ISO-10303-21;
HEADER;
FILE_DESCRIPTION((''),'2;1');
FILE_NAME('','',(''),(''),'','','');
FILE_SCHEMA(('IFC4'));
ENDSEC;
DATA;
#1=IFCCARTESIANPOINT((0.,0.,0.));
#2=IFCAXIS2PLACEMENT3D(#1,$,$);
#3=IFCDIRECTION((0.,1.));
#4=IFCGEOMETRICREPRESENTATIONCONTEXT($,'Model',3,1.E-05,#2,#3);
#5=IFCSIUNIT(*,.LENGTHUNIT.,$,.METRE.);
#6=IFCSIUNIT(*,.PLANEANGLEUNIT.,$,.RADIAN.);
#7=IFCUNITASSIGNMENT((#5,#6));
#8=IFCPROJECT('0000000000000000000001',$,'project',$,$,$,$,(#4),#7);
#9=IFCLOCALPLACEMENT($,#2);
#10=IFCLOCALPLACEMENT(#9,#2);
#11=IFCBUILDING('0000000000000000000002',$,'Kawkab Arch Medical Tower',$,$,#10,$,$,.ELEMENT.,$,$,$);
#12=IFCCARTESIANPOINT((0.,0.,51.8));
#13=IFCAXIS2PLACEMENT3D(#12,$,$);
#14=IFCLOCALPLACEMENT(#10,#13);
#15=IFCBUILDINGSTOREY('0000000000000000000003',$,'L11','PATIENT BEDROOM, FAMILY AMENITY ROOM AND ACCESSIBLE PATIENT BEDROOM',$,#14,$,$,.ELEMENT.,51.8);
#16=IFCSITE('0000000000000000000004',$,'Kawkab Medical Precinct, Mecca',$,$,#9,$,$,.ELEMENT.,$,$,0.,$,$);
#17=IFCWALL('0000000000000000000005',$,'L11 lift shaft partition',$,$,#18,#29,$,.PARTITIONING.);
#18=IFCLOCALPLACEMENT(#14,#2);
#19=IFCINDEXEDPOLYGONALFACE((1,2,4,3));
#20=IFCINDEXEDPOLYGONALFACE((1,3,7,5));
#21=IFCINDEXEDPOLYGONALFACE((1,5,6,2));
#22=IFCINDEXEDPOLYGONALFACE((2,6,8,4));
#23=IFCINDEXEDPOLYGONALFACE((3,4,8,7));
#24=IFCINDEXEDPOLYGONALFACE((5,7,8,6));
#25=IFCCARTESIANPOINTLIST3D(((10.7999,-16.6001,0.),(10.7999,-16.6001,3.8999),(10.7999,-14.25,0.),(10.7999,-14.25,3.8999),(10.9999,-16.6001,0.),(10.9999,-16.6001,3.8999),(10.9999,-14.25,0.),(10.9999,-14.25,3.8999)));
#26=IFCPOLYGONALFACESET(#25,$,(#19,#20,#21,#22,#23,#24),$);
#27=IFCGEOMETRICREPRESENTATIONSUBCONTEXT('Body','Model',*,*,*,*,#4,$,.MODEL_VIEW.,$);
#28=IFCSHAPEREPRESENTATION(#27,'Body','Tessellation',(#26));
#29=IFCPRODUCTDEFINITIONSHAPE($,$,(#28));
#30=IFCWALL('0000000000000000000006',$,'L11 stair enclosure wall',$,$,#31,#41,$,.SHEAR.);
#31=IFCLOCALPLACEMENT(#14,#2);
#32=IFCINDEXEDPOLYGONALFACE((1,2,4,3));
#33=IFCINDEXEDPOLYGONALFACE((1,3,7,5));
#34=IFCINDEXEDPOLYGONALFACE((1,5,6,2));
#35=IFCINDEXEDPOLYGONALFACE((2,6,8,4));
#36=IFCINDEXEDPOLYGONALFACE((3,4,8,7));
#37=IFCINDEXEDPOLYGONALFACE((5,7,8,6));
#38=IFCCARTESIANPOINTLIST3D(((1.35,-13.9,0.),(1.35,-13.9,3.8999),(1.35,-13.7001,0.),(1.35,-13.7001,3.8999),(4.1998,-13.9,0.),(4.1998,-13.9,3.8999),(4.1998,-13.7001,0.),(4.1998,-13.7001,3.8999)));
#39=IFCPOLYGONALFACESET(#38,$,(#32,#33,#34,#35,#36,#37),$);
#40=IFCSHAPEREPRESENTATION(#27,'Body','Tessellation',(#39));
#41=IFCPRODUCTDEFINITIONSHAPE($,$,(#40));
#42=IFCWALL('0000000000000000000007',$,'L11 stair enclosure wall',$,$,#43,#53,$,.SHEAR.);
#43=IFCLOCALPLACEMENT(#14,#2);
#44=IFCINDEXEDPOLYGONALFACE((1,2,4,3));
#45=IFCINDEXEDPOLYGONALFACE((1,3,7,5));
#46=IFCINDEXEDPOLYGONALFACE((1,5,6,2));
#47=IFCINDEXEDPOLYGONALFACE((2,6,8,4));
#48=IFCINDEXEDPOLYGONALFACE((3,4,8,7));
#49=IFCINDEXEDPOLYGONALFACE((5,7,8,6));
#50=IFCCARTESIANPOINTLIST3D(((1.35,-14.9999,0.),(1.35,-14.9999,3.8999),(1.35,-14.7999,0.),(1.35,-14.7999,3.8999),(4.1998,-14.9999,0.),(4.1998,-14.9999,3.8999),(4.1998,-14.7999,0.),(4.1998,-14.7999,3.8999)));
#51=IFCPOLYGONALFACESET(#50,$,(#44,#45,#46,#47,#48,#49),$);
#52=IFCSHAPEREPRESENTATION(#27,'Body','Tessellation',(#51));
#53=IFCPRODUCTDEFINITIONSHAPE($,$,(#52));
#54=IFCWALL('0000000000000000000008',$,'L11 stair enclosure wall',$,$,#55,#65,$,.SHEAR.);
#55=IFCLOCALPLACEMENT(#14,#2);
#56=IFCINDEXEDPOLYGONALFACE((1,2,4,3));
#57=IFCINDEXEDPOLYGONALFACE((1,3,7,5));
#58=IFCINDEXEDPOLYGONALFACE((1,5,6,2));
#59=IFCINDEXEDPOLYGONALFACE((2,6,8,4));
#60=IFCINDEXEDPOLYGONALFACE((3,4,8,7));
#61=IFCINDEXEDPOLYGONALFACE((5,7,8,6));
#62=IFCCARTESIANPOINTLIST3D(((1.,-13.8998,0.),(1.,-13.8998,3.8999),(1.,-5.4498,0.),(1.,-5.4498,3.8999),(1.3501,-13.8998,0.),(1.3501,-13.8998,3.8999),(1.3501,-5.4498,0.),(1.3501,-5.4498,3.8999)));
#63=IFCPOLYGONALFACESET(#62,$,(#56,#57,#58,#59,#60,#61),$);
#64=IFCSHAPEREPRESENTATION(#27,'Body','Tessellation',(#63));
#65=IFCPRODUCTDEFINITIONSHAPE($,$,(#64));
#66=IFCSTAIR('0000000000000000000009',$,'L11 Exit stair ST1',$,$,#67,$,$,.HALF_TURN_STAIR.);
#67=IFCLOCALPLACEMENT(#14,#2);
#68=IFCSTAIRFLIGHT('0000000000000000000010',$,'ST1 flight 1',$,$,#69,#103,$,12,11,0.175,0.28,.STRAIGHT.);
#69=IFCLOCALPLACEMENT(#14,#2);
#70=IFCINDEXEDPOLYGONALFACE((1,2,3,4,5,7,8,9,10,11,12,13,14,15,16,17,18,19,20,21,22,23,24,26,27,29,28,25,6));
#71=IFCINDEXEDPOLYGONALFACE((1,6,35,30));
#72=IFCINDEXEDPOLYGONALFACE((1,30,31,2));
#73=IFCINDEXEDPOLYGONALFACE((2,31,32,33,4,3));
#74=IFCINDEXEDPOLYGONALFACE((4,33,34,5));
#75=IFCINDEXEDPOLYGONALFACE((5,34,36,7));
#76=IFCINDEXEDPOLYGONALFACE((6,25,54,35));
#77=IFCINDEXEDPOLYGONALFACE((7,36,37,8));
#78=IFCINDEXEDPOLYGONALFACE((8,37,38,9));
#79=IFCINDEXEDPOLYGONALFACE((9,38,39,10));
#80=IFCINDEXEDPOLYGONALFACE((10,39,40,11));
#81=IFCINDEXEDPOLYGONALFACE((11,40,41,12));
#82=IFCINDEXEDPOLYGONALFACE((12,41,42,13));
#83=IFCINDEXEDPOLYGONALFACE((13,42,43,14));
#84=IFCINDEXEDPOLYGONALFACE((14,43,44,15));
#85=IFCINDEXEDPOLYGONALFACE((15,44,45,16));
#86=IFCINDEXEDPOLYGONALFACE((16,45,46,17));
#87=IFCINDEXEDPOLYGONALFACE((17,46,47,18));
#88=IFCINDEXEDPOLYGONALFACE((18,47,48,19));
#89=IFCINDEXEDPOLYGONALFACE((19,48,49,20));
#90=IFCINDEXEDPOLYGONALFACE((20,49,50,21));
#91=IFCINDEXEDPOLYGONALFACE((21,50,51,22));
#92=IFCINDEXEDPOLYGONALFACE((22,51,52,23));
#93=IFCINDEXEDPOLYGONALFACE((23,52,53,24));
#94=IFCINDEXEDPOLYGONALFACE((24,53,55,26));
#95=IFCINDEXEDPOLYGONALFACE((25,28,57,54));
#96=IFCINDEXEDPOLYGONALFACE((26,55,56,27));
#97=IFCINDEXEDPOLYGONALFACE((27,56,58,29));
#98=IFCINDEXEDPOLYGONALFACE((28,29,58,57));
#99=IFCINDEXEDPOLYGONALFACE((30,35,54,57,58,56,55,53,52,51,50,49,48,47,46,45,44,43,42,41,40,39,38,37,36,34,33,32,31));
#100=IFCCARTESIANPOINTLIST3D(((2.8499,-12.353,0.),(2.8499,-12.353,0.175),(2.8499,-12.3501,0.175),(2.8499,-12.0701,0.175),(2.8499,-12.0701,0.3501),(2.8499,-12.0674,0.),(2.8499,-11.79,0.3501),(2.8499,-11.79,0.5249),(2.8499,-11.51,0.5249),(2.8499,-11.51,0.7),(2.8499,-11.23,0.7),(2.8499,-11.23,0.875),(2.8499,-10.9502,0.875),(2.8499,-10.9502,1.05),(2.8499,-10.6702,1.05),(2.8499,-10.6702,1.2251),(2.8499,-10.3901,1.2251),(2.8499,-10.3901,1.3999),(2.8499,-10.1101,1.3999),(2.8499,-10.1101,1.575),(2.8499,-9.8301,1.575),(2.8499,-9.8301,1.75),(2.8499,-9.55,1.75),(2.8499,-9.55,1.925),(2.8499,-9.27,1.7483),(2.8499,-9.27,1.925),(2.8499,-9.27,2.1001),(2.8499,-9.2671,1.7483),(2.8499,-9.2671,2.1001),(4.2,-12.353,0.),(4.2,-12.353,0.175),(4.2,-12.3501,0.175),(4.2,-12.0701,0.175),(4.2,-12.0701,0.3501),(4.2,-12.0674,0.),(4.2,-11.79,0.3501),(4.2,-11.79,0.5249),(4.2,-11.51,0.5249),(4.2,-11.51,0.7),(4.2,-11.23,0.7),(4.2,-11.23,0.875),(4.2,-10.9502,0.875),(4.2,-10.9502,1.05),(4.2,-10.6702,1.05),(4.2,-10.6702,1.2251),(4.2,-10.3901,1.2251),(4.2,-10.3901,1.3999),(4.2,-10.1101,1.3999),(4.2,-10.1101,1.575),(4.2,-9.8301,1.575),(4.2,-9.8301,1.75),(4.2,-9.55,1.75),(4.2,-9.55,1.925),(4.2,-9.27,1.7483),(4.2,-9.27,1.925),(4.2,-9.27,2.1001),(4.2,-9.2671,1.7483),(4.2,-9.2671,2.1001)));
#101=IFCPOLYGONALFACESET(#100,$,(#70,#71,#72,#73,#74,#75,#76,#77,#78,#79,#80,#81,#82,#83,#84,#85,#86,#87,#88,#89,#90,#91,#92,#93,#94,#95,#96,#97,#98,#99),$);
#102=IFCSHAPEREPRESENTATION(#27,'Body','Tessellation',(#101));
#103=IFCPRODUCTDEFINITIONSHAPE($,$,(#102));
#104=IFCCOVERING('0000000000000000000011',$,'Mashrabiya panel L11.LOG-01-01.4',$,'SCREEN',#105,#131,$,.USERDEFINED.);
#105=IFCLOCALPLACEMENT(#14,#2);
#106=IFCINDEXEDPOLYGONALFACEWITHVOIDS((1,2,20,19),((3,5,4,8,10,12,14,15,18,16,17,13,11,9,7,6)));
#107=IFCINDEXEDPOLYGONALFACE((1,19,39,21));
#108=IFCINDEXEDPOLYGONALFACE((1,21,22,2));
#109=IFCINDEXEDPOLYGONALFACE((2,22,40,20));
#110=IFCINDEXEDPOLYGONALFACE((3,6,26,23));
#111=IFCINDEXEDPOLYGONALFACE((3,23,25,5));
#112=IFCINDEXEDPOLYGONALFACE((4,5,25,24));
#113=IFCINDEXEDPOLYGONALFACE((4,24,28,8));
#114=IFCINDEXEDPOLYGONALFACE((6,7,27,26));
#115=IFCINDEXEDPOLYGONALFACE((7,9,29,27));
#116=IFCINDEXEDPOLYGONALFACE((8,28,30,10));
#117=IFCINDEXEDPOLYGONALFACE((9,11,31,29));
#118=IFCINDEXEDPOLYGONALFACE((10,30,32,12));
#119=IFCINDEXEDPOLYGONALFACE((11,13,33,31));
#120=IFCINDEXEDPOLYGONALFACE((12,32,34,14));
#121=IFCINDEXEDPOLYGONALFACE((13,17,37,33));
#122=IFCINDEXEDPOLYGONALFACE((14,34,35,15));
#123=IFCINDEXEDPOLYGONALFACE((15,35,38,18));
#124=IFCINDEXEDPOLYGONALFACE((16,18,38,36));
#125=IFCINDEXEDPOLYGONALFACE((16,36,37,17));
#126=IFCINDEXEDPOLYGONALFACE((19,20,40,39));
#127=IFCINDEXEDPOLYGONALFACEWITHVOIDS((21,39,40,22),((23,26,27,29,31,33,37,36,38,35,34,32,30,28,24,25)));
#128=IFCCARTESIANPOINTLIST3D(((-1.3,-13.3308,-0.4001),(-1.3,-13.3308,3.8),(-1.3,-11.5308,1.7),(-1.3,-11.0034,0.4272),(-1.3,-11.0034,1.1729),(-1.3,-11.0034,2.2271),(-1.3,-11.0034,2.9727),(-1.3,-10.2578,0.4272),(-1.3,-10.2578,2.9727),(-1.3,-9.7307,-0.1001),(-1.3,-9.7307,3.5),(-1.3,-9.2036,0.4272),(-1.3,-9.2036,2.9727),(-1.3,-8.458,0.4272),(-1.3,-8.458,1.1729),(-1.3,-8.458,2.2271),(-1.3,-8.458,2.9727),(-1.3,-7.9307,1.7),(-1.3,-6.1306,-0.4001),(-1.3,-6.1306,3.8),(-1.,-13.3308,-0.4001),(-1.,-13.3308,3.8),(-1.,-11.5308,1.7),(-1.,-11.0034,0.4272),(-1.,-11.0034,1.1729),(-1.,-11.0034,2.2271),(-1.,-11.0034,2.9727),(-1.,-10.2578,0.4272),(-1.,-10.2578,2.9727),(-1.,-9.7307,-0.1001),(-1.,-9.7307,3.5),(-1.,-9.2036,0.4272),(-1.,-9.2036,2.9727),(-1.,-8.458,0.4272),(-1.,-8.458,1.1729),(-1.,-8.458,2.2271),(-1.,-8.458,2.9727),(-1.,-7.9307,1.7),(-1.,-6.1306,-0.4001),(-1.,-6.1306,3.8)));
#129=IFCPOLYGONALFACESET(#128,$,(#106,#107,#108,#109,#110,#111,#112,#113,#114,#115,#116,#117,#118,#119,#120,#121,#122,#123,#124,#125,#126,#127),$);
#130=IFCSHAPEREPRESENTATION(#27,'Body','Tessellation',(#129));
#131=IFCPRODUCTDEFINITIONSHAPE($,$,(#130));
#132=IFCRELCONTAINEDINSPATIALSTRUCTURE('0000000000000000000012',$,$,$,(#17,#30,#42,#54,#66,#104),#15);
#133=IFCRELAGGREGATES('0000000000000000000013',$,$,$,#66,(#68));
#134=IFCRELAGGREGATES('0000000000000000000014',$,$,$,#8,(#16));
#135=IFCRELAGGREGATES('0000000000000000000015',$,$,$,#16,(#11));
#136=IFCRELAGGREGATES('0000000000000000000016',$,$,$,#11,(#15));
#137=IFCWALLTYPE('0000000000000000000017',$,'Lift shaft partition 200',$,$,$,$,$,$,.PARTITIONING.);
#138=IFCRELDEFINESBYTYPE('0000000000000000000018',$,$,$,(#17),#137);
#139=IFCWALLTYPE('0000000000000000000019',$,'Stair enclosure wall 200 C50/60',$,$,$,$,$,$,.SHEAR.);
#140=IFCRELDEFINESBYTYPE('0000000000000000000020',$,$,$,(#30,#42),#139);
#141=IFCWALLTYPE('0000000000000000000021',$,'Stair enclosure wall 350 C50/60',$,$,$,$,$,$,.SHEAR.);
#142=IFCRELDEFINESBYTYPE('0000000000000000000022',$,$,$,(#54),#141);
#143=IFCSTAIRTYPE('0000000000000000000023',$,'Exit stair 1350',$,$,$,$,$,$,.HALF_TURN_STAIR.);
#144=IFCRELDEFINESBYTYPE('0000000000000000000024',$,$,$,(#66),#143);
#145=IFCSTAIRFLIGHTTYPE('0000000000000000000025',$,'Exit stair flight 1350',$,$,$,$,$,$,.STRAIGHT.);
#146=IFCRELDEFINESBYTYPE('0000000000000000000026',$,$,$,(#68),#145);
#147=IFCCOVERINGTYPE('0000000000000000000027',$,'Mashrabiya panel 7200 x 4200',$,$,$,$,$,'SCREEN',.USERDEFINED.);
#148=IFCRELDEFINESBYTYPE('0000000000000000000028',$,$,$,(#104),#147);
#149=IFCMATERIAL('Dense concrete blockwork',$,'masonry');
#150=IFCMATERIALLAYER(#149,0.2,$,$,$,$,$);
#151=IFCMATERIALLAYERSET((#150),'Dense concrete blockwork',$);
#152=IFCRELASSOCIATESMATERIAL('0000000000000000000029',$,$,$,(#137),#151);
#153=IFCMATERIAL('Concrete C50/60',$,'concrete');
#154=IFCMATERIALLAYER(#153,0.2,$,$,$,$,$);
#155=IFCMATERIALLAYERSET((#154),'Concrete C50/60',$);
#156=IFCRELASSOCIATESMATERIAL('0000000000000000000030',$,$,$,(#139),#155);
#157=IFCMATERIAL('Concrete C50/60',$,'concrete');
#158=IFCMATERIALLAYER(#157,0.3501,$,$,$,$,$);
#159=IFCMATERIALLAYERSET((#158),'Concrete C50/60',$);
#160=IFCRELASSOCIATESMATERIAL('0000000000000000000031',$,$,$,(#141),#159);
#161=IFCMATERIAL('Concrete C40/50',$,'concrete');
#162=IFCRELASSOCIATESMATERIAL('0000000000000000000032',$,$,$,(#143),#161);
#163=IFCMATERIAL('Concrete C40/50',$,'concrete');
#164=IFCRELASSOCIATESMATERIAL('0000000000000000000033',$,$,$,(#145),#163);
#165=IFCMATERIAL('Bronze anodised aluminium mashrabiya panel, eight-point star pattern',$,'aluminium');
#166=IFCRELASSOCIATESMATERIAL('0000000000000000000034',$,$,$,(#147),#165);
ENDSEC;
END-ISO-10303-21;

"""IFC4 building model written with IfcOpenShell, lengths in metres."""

from ifc_helpers import new_model, si_unit, direction, frame, frame_2d, origin, place, context, subcontext, project, spatial, polyline, rectangle, outline, extrude, material, layer, layer_set, material_profile, profile_set, type_object, element, aggregate, save


model = new_model("IFC4")

# Units and contexts
model_context = context("Model", 3, precision=1e-05, world=origin(), true_north=direction((0.0, 1.0)))
body_context = subcontext(model_context, "Body", "Model", "MODEL_VIEW")
ifc_project = project(units=[si_unit("LENGTHUNIT", "METRE"), si_unit("PLANEANGLEUNIT", "RADIAN")], contexts=[model_context])

# Site, building, storey
site_placement = place(None, origin())
site = spatial("IfcSite", under=ifc_project, at=site_placement, Name="Kawkab Medical Precinct, Mecca", CompositionType="ELEMENT", RefElevation=0.0)
building_placement = place(site_placement, origin())
building = spatial("IfcBuilding", under=site, at=building_placement, Name="Kawkab Arch Medical Tower", CompositionType="ELEMENT")
storey_placement = place(building_placement, frame((0.0, 0.0, 51.8)))
storey = spatial("IfcBuildingStorey", under=building, at=storey_placement, Name="L11", Description="PATIENT BEDROOM, FAMILY AMENITY ROOM AND ACCESSIBLE PATIENT BEDROOM", CompositionType="ELEMENT", Elevation=51.8)

# Shared definitions
placement = place(storey_placement, origin())

# Walls
ifc_material_1 = material(Name="Dense concrete blockwork", Category="masonry")
ifc_layer_1 = layer(ifc_material_1, 0.2)
ifc_layer_set_1 = layer_set([ifc_layer_1], Name="Dense concrete blockwork")
wall_type_1 = type_object("IfcWallType", Name="Lift shaft partition 200", PredefinedType="PARTITIONING", material=ifc_layer_set_1)
for number, where, z_axis, x_axis, name in (
    (1, (10.8999, -16.6001, 0.0), (0.0, 0.0, 1.0), (0.0, 1.0, 0.0), "L11 lift shaft partition"),
):
    element("IfcWall", number, at=place(storey_placement, frame(where, z_axis=z_axis, x_axis=x_axis)), inside=storey, type_object=wall_type_1, Name=name, PredefinedType="PARTITIONING", context=body_context, shape_type="SweptSolid", body=[
        extrude(rectangle(XDim=2.3501, YDim=0.2, at=frame_2d((1.175, 0.0))), origin(), (0.0, 0.0, 1.0), 3.8999),
    ])
ifc_material_2 = material(Name="Concrete C50/60", Category="concrete")
ifc_layer_2 = layer(ifc_material_2, 0.2)
ifc_layer_set_2 = layer_set([ifc_layer_2], Name="Concrete C50/60")
wall_type_2 = type_object("IfcWallType", Name="Stair enclosure wall 200 C50/60", PredefinedType="SHEAR", material=ifc_layer_set_2)
for number, where, z_axis, x_axis, name in (
    (2, (1.3501, -13.8, 0.0), (0.0, 0.0, 1.0), (1.0, 0.0, 0.0), "L11 stair enclosure wall"),
    (3, (1.3501, -14.8999, 0.0), (0.0, 0.0, 1.0), (1.0, 0.0, 0.0), "L11 stair enclosure wall"),
):
    element("IfcWall", number, at=place(storey_placement, frame(where, z_axis=z_axis, x_axis=x_axis)), inside=storey, type_object=wall_type_2, Name=name, PredefinedType="SHEAR", context=body_context, shape_type="SweptSolid", body=[
        extrude(rectangle(XDim=2.8499, YDim=0.2, at=frame_2d((1.4248, 0.0))), origin(), (0.0, 0.0, 1.0), 3.8999),
    ])
ifc_material_3 = material(Name="Concrete C50/60", Category="concrete")
ifc_layer_3 = layer(ifc_material_3, 0.3501)
ifc_layer_set_3 = layer_set([ifc_layer_3], Name="Concrete C50/60")
wall_type_3 = type_object("IfcWallType", Name="Stair enclosure wall 350 C50/60", PredefinedType="SHEAR", material=ifc_layer_set_3)
wall_1_placement = place(storey_placement, frame((1.175, -13.8999, 0.0), z_axis=(0.0, 0.0, 1.0), x_axis=(0.0, 1.0, 0.0)))
element("IfcWall", 4, at=wall_1_placement, inside=storey, type_object=wall_type_3, Name="L11 stair enclosure wall", PredefinedType="SHEAR", context=body_context, shape_type="SweptSolid", body=[
    extrude(rectangle(XDim=8.45, YDim=0.3501, at=frame_2d((4.2251, 0.0))), origin(), (0.0, 0.0, 1.0), 3.8999),
])

# Stair, stair flight
ifc_material_4 = material(Name="Concrete C40/50", Category="concrete")
stair_type = type_object("IfcStairType", Name="Exit stair 1350", PredefinedType="HALF_TURN_STAIR", material=ifc_material_4)
stair = element("IfcStair", 5, at=placement, inside=storey, type_object=stair_type, Name="L11 Exit stair ST1", PredefinedType="HALF_TURN_STAIR")
ifc_material_5 = material(Name="Concrete C40/50", Category="concrete")
stair_flight_type = type_object("IfcStairFlightType", Name="Exit stair flight 1350", PredefinedType="STRAIGHT", material=ifc_material_5)
stair_flight_placement = place(storey_placement, frame((3.5249, -12.3501, 0.0), z_axis=(0.0, 0.0, 1.0), x_axis=(0.0, 1.0, 0.0)))
stair_flight = element("IfcStairFlight", 6, at=stair_flight_placement, type_object=stair_flight_type, Name="ST1 flight 1", NumberOfRisers=12, NumberOfTreads=11, PredefinedType="STRAIGHT", RiserHeight=0.175, TreadLength=0.28, context=body_context, shape_type="SweptSolid", body=[
    extrude(outline(polyline([(-0.0029, 0.0), (-0.0029, 0.175), (0.0, 0.175), (0.28, 0.175), (0.28, 0.3501), (0.5601, 0.3501), (0.5601, 0.5249), (0.8401, 0.5249), (0.8401, 0.7), (1.1201, 0.7), (1.1201, 0.875), (1.3999, 0.875), (1.3999, 1.05), (1.6799, 1.05), (1.6799, 1.2251), (1.96, 1.2251), (1.96, 1.3999), (2.24, 1.3999), (2.24, 1.575), (2.52, 1.575), (2.52, 1.75), (2.8, 1.75), (2.8, 1.925), (3.0801, 1.925), (3.0801, 2.1001), (3.083, 2.1001), (3.083, 1.7483), (3.0801, 1.7483), (0.2827, 0.0), (-0.0029, 0.0)])), frame((0.0, 0.675, 0.0), z_axis=(0.0, -1.0, 0.0), x_axis=(1.0, 0.0, 0.0)), (0.0, 0.0, 1.0), 1.3501),
])
aggregate(stair, [stair_flight])

# Covering
ifc_material_6 = material(Name="Bronze anodised aluminium mashrabiya panel, eight-point star pattern", Category="aluminium")
ifc_material_profile_1 = material_profile(ifc_material_6, outline(polyline([(-3.6001, -2.1001), (3.6001, -2.1001), (3.6001, 2.1001), (-3.6001, 2.1001), (-3.6001, -2.1001)]), holes=[polyline([(1.8, 0.0), (1.2727, 0.5271), (1.2727, 1.2727), (0.5271, 1.2727), (0.0, 1.8), (-0.5271, 1.2727), (-1.2727, 1.2727), (-1.2727, 0.5271), (-1.8, 0.0), (-1.2727, -0.5271), (-1.2727, -1.2727), (-0.5271, -1.2727), (0.0, -1.8), (0.5271, -1.2727), (1.2727, -1.2727), (1.2727, -0.5271), (1.8, 0.0)])]), Name="Mashrabiya panel 7200x4200")
ifc_profile_set_1 = profile_set([ifc_material_profile_1], Name="Bronze anodised aluminium mashrabiya panel, eight-point star pattern")
covering_type = type_object("IfcCoveringType", Name="Mashrabiya panel 7200 x 4200", ElementType="SCREEN", PredefinedType="USERDEFINED", material=ifc_profile_set_1)
covering_placement = place(storey_placement, frame((-1.0, -9.7307, 1.7), z_axis=(-1.0, 0.0, 0.0), x_axis=(0.0, -1.0, 0.0)))
element("IfcCovering", 7, at=covering_placement, inside=storey, type_object=covering_type, Name="Mashrabiya panel L11.LOG-01-01.4", ObjectType="SCREEN", PredefinedType="USERDEFINED", context=body_context, shape_type="SweptSolid", body=[
    extrude(outline(polyline([(-3.6001, -2.1001), (3.6001, -2.1001), (3.6001, 2.1001), (-3.6001, 2.1001), (-3.6001, -2.1001)]), holes=[polyline([(1.8, 0.0), (1.2727, 0.5271), (1.2727, 1.2727), (0.5271, 1.2727), (0.0, 1.8), (-0.5271, 1.2727), (-1.2727, 1.2727), (-1.2727, 0.5271), (-1.8, 0.0), (-1.2727, -0.5271), (-1.2727, -1.2727), (-0.5271, -1.2727), (0.0, -1.8), (0.5271, -1.2727), (1.2727, -1.2727), (1.2727, -0.5271), (1.8, 0.0)])]), origin(), (0.0, 0.0, 1.0), 0.3),
])

save(model, "model.ifc")
